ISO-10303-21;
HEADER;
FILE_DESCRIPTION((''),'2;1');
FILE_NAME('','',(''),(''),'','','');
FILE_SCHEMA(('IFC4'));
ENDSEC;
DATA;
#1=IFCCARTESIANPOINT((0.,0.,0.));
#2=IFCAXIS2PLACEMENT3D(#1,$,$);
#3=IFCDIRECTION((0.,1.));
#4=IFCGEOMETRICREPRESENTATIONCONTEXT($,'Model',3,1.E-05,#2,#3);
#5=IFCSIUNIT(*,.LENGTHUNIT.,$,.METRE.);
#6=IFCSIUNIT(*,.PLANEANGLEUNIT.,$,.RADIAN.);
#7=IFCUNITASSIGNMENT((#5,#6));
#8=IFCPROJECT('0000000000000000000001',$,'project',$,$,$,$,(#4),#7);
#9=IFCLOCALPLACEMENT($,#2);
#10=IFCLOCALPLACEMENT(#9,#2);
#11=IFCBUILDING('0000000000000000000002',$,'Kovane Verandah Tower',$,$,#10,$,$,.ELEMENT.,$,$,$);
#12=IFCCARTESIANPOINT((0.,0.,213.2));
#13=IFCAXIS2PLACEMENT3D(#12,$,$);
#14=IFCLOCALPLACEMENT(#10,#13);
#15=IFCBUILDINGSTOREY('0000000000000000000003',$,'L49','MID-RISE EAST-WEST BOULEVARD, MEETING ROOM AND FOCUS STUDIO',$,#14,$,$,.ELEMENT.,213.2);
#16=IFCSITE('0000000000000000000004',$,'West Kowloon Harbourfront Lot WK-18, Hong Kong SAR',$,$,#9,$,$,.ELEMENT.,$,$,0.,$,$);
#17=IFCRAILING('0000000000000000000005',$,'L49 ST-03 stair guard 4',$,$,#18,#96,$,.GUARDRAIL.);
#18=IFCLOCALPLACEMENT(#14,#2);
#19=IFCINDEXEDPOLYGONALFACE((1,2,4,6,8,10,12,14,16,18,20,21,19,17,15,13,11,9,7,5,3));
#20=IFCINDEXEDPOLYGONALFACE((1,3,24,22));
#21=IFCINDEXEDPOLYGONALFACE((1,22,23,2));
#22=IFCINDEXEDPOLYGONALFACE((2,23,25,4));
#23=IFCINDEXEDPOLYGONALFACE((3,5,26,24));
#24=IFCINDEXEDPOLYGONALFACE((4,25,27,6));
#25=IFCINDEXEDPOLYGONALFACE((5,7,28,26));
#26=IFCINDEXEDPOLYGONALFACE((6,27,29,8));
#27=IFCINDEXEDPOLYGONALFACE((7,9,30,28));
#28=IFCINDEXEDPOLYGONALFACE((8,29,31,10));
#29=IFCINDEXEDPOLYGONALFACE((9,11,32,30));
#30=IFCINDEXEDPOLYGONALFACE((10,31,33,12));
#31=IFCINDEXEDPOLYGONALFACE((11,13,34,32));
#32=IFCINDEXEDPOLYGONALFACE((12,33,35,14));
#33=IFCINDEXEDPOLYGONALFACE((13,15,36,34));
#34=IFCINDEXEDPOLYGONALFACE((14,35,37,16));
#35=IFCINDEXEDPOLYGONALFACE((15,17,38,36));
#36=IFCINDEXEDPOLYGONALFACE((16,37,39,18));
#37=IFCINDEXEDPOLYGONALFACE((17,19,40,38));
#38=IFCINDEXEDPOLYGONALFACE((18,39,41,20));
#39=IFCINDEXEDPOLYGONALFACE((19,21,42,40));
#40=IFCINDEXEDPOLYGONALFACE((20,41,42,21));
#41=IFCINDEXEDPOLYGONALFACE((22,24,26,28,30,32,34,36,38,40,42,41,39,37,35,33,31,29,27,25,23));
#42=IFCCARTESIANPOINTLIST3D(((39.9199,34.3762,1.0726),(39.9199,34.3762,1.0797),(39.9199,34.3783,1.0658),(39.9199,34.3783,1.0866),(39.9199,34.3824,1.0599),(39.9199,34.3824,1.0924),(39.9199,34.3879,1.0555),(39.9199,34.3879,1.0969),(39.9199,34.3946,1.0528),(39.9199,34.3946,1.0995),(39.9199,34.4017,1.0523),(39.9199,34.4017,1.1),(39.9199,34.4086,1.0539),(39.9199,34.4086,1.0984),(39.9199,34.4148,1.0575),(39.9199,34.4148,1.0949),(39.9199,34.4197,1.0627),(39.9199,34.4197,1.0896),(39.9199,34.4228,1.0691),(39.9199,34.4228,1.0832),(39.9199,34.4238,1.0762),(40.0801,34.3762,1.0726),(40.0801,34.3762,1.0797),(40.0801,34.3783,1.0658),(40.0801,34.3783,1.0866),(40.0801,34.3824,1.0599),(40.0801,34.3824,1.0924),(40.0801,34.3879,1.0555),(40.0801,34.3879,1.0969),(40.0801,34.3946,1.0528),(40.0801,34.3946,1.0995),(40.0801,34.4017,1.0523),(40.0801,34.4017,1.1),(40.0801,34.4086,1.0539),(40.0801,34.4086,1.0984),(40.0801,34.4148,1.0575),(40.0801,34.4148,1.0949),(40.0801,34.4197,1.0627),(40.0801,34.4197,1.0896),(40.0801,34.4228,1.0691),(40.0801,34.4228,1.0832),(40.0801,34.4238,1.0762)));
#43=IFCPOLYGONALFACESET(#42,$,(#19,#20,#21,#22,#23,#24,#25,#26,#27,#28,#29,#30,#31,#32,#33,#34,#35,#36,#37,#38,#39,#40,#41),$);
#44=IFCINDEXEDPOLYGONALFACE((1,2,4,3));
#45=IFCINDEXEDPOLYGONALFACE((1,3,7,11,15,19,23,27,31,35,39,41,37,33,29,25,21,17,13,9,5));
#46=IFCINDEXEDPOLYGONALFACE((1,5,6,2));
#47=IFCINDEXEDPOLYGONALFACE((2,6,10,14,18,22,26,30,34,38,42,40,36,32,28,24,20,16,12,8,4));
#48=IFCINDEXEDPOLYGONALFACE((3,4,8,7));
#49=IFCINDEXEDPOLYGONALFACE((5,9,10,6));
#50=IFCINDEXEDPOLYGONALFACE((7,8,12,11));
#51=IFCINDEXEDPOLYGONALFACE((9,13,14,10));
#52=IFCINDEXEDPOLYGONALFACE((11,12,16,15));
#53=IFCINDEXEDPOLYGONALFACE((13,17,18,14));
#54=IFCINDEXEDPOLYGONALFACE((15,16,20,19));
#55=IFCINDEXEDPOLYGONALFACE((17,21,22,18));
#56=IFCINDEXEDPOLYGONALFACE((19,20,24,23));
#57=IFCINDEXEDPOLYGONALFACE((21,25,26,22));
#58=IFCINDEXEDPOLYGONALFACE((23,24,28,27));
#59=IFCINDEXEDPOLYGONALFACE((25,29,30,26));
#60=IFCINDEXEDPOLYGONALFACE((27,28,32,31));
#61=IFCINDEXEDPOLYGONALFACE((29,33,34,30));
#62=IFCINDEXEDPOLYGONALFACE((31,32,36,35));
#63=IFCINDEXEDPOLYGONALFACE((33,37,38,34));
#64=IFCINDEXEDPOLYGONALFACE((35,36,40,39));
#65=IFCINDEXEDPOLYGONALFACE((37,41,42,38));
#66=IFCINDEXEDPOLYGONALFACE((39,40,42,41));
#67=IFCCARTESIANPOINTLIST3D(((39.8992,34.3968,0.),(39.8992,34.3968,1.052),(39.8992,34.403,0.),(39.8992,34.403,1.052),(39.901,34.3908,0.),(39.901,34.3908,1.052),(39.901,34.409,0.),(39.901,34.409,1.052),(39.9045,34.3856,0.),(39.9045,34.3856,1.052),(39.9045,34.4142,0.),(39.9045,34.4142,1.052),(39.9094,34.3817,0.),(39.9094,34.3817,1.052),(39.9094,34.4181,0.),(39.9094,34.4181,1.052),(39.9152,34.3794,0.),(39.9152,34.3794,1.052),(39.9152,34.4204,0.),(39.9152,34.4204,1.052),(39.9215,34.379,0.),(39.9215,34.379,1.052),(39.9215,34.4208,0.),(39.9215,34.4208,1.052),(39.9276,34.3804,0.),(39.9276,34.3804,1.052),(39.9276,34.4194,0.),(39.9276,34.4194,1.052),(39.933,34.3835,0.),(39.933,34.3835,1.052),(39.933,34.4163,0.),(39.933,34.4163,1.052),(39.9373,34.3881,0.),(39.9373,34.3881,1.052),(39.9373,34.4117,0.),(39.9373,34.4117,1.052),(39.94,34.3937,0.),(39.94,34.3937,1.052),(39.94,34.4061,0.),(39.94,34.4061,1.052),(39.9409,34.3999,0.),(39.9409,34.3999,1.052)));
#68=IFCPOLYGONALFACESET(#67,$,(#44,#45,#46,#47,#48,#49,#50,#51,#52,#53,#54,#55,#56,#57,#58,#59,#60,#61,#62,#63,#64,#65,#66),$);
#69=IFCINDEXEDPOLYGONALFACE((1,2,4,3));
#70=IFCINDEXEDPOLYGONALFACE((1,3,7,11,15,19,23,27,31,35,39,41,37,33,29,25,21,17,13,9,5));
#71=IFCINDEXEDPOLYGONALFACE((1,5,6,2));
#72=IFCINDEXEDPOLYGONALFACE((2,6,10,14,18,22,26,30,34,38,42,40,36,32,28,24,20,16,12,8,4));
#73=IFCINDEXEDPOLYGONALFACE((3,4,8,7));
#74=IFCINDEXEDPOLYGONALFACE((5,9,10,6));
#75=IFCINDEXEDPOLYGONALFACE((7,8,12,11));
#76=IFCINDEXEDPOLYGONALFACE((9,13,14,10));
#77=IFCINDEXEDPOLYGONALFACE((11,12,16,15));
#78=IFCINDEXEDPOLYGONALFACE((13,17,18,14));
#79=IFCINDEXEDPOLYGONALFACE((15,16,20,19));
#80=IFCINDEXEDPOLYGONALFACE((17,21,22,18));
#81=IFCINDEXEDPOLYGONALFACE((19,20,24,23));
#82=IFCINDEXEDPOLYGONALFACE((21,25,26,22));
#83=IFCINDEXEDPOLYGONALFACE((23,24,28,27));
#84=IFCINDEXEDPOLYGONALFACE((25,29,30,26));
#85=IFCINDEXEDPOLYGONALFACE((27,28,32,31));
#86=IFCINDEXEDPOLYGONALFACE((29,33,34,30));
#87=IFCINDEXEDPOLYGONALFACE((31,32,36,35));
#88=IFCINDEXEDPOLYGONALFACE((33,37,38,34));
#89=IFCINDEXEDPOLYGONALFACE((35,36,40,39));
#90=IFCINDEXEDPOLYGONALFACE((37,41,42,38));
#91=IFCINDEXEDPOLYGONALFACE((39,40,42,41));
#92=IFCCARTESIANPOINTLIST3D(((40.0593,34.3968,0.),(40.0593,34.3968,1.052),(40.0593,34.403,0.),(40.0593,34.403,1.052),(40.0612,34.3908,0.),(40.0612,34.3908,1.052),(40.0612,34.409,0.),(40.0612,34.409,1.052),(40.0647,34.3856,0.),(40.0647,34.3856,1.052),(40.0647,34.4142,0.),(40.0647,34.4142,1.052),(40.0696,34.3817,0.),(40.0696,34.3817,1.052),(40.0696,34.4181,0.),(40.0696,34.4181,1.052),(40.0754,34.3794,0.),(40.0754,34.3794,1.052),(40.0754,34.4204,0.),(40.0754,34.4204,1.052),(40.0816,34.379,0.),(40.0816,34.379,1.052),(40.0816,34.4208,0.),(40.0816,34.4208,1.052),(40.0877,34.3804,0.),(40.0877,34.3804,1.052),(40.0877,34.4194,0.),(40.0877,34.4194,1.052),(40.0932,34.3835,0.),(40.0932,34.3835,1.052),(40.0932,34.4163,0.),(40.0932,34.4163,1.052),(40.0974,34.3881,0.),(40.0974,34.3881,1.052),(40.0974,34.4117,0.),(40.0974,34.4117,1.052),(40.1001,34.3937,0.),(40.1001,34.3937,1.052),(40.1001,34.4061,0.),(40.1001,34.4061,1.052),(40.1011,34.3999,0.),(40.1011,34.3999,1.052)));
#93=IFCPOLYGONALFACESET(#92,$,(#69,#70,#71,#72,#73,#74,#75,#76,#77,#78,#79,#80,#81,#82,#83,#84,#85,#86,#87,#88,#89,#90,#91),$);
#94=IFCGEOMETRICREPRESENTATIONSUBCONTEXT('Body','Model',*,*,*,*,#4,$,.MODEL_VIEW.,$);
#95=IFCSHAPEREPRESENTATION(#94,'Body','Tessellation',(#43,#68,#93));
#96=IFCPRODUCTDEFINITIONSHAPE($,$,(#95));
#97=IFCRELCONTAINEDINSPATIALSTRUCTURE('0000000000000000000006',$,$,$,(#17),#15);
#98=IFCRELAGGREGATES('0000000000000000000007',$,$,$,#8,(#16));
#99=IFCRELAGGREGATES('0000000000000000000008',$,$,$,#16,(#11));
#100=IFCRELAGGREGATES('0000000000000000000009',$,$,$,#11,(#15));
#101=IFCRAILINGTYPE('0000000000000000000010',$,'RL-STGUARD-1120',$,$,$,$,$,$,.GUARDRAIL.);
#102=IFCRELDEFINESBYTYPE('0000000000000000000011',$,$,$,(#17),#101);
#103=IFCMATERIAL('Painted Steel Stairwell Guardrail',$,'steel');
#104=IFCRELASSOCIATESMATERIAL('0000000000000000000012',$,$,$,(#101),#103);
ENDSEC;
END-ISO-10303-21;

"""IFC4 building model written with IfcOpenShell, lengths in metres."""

from ifc_helpers import new_model, si_unit, direction, frame, origin, origin_2d, place, context, subcontext, project, spatial, circle, extrude, material, type_object, element, save


model = new_model("IFC4")

# Units and contexts
model_context = context("Model", 3, precision=1e-05, world=origin(), true_north=direction((0.0, 1.0)))
body_context = subcontext(model_context, "Body", "Model", "MODEL_VIEW")
ifc_project = project(units=[si_unit("LENGTHUNIT", "METRE"), si_unit("PLANEANGLEUNIT", "RADIAN")], contexts=[model_context])

# Site, building, storey
site_placement = place(None, origin())
site = spatial("IfcSite", under=ifc_project, at=site_placement, Name="West Kowloon Harbourfront Lot WK-18, Hong Kong SAR", CompositionType="ELEMENT", RefElevation=0.0)
building_placement = place(site_placement, origin())
building = spatial("IfcBuilding", under=site, at=building_placement, Name="Kovane Verandah Tower", CompositionType="ELEMENT")
storey_placement = place(building_placement, frame((0.0, 0.0, 213.2)))
storey = spatial("IfcBuildingStorey", under=building, at=storey_placement, Name="L49", Description="MID-RISE EAST-WEST BOULEVARD, MEETING ROOM AND FOCUS STUDIO", CompositionType="ELEMENT", Elevation=213.2)

# Railing
ifc_material_1 = material(Name="Painted Steel Stairwell Guardrail", Category="steel")
railing_type_1 = type_object("IfcRailingType", Name="RL-STGUARD-1120", PredefinedType="GUARDRAIL", material=ifc_material_1)
railing_1_placement = place(storey_placement, frame((39.9199, 34.3999, 0.0)))
element("IfcRailing", 1, at=railing_1_placement, inside=storey, type_object=railing_type_1, Name="L49 ST-03 stair guard 4", PredefinedType="GUARDRAIL", context=body_context, shape_type="SweptSolid", body=[
    extrude(circle(Radius=0.0239, at=origin_2d()), frame((0.0, 0.0, 1.0762), z_axis=(1.0, 0.0, 0.0), x_axis=(0.0, 1.0, 0.0)), (0.0, 0.0, 1.0), 0.1602),
    extrude(circle(Radius=0.021, at=origin_2d()), origin(), (0.0, 0.0, 1.0), 1.052),
    extrude(circle(Radius=0.021, at=origin_2d()), frame((0.1602, 0.0, 0.0)), (0.0, 0.0, 1.0), 1.052),
])

save(model, "model.ifc")
